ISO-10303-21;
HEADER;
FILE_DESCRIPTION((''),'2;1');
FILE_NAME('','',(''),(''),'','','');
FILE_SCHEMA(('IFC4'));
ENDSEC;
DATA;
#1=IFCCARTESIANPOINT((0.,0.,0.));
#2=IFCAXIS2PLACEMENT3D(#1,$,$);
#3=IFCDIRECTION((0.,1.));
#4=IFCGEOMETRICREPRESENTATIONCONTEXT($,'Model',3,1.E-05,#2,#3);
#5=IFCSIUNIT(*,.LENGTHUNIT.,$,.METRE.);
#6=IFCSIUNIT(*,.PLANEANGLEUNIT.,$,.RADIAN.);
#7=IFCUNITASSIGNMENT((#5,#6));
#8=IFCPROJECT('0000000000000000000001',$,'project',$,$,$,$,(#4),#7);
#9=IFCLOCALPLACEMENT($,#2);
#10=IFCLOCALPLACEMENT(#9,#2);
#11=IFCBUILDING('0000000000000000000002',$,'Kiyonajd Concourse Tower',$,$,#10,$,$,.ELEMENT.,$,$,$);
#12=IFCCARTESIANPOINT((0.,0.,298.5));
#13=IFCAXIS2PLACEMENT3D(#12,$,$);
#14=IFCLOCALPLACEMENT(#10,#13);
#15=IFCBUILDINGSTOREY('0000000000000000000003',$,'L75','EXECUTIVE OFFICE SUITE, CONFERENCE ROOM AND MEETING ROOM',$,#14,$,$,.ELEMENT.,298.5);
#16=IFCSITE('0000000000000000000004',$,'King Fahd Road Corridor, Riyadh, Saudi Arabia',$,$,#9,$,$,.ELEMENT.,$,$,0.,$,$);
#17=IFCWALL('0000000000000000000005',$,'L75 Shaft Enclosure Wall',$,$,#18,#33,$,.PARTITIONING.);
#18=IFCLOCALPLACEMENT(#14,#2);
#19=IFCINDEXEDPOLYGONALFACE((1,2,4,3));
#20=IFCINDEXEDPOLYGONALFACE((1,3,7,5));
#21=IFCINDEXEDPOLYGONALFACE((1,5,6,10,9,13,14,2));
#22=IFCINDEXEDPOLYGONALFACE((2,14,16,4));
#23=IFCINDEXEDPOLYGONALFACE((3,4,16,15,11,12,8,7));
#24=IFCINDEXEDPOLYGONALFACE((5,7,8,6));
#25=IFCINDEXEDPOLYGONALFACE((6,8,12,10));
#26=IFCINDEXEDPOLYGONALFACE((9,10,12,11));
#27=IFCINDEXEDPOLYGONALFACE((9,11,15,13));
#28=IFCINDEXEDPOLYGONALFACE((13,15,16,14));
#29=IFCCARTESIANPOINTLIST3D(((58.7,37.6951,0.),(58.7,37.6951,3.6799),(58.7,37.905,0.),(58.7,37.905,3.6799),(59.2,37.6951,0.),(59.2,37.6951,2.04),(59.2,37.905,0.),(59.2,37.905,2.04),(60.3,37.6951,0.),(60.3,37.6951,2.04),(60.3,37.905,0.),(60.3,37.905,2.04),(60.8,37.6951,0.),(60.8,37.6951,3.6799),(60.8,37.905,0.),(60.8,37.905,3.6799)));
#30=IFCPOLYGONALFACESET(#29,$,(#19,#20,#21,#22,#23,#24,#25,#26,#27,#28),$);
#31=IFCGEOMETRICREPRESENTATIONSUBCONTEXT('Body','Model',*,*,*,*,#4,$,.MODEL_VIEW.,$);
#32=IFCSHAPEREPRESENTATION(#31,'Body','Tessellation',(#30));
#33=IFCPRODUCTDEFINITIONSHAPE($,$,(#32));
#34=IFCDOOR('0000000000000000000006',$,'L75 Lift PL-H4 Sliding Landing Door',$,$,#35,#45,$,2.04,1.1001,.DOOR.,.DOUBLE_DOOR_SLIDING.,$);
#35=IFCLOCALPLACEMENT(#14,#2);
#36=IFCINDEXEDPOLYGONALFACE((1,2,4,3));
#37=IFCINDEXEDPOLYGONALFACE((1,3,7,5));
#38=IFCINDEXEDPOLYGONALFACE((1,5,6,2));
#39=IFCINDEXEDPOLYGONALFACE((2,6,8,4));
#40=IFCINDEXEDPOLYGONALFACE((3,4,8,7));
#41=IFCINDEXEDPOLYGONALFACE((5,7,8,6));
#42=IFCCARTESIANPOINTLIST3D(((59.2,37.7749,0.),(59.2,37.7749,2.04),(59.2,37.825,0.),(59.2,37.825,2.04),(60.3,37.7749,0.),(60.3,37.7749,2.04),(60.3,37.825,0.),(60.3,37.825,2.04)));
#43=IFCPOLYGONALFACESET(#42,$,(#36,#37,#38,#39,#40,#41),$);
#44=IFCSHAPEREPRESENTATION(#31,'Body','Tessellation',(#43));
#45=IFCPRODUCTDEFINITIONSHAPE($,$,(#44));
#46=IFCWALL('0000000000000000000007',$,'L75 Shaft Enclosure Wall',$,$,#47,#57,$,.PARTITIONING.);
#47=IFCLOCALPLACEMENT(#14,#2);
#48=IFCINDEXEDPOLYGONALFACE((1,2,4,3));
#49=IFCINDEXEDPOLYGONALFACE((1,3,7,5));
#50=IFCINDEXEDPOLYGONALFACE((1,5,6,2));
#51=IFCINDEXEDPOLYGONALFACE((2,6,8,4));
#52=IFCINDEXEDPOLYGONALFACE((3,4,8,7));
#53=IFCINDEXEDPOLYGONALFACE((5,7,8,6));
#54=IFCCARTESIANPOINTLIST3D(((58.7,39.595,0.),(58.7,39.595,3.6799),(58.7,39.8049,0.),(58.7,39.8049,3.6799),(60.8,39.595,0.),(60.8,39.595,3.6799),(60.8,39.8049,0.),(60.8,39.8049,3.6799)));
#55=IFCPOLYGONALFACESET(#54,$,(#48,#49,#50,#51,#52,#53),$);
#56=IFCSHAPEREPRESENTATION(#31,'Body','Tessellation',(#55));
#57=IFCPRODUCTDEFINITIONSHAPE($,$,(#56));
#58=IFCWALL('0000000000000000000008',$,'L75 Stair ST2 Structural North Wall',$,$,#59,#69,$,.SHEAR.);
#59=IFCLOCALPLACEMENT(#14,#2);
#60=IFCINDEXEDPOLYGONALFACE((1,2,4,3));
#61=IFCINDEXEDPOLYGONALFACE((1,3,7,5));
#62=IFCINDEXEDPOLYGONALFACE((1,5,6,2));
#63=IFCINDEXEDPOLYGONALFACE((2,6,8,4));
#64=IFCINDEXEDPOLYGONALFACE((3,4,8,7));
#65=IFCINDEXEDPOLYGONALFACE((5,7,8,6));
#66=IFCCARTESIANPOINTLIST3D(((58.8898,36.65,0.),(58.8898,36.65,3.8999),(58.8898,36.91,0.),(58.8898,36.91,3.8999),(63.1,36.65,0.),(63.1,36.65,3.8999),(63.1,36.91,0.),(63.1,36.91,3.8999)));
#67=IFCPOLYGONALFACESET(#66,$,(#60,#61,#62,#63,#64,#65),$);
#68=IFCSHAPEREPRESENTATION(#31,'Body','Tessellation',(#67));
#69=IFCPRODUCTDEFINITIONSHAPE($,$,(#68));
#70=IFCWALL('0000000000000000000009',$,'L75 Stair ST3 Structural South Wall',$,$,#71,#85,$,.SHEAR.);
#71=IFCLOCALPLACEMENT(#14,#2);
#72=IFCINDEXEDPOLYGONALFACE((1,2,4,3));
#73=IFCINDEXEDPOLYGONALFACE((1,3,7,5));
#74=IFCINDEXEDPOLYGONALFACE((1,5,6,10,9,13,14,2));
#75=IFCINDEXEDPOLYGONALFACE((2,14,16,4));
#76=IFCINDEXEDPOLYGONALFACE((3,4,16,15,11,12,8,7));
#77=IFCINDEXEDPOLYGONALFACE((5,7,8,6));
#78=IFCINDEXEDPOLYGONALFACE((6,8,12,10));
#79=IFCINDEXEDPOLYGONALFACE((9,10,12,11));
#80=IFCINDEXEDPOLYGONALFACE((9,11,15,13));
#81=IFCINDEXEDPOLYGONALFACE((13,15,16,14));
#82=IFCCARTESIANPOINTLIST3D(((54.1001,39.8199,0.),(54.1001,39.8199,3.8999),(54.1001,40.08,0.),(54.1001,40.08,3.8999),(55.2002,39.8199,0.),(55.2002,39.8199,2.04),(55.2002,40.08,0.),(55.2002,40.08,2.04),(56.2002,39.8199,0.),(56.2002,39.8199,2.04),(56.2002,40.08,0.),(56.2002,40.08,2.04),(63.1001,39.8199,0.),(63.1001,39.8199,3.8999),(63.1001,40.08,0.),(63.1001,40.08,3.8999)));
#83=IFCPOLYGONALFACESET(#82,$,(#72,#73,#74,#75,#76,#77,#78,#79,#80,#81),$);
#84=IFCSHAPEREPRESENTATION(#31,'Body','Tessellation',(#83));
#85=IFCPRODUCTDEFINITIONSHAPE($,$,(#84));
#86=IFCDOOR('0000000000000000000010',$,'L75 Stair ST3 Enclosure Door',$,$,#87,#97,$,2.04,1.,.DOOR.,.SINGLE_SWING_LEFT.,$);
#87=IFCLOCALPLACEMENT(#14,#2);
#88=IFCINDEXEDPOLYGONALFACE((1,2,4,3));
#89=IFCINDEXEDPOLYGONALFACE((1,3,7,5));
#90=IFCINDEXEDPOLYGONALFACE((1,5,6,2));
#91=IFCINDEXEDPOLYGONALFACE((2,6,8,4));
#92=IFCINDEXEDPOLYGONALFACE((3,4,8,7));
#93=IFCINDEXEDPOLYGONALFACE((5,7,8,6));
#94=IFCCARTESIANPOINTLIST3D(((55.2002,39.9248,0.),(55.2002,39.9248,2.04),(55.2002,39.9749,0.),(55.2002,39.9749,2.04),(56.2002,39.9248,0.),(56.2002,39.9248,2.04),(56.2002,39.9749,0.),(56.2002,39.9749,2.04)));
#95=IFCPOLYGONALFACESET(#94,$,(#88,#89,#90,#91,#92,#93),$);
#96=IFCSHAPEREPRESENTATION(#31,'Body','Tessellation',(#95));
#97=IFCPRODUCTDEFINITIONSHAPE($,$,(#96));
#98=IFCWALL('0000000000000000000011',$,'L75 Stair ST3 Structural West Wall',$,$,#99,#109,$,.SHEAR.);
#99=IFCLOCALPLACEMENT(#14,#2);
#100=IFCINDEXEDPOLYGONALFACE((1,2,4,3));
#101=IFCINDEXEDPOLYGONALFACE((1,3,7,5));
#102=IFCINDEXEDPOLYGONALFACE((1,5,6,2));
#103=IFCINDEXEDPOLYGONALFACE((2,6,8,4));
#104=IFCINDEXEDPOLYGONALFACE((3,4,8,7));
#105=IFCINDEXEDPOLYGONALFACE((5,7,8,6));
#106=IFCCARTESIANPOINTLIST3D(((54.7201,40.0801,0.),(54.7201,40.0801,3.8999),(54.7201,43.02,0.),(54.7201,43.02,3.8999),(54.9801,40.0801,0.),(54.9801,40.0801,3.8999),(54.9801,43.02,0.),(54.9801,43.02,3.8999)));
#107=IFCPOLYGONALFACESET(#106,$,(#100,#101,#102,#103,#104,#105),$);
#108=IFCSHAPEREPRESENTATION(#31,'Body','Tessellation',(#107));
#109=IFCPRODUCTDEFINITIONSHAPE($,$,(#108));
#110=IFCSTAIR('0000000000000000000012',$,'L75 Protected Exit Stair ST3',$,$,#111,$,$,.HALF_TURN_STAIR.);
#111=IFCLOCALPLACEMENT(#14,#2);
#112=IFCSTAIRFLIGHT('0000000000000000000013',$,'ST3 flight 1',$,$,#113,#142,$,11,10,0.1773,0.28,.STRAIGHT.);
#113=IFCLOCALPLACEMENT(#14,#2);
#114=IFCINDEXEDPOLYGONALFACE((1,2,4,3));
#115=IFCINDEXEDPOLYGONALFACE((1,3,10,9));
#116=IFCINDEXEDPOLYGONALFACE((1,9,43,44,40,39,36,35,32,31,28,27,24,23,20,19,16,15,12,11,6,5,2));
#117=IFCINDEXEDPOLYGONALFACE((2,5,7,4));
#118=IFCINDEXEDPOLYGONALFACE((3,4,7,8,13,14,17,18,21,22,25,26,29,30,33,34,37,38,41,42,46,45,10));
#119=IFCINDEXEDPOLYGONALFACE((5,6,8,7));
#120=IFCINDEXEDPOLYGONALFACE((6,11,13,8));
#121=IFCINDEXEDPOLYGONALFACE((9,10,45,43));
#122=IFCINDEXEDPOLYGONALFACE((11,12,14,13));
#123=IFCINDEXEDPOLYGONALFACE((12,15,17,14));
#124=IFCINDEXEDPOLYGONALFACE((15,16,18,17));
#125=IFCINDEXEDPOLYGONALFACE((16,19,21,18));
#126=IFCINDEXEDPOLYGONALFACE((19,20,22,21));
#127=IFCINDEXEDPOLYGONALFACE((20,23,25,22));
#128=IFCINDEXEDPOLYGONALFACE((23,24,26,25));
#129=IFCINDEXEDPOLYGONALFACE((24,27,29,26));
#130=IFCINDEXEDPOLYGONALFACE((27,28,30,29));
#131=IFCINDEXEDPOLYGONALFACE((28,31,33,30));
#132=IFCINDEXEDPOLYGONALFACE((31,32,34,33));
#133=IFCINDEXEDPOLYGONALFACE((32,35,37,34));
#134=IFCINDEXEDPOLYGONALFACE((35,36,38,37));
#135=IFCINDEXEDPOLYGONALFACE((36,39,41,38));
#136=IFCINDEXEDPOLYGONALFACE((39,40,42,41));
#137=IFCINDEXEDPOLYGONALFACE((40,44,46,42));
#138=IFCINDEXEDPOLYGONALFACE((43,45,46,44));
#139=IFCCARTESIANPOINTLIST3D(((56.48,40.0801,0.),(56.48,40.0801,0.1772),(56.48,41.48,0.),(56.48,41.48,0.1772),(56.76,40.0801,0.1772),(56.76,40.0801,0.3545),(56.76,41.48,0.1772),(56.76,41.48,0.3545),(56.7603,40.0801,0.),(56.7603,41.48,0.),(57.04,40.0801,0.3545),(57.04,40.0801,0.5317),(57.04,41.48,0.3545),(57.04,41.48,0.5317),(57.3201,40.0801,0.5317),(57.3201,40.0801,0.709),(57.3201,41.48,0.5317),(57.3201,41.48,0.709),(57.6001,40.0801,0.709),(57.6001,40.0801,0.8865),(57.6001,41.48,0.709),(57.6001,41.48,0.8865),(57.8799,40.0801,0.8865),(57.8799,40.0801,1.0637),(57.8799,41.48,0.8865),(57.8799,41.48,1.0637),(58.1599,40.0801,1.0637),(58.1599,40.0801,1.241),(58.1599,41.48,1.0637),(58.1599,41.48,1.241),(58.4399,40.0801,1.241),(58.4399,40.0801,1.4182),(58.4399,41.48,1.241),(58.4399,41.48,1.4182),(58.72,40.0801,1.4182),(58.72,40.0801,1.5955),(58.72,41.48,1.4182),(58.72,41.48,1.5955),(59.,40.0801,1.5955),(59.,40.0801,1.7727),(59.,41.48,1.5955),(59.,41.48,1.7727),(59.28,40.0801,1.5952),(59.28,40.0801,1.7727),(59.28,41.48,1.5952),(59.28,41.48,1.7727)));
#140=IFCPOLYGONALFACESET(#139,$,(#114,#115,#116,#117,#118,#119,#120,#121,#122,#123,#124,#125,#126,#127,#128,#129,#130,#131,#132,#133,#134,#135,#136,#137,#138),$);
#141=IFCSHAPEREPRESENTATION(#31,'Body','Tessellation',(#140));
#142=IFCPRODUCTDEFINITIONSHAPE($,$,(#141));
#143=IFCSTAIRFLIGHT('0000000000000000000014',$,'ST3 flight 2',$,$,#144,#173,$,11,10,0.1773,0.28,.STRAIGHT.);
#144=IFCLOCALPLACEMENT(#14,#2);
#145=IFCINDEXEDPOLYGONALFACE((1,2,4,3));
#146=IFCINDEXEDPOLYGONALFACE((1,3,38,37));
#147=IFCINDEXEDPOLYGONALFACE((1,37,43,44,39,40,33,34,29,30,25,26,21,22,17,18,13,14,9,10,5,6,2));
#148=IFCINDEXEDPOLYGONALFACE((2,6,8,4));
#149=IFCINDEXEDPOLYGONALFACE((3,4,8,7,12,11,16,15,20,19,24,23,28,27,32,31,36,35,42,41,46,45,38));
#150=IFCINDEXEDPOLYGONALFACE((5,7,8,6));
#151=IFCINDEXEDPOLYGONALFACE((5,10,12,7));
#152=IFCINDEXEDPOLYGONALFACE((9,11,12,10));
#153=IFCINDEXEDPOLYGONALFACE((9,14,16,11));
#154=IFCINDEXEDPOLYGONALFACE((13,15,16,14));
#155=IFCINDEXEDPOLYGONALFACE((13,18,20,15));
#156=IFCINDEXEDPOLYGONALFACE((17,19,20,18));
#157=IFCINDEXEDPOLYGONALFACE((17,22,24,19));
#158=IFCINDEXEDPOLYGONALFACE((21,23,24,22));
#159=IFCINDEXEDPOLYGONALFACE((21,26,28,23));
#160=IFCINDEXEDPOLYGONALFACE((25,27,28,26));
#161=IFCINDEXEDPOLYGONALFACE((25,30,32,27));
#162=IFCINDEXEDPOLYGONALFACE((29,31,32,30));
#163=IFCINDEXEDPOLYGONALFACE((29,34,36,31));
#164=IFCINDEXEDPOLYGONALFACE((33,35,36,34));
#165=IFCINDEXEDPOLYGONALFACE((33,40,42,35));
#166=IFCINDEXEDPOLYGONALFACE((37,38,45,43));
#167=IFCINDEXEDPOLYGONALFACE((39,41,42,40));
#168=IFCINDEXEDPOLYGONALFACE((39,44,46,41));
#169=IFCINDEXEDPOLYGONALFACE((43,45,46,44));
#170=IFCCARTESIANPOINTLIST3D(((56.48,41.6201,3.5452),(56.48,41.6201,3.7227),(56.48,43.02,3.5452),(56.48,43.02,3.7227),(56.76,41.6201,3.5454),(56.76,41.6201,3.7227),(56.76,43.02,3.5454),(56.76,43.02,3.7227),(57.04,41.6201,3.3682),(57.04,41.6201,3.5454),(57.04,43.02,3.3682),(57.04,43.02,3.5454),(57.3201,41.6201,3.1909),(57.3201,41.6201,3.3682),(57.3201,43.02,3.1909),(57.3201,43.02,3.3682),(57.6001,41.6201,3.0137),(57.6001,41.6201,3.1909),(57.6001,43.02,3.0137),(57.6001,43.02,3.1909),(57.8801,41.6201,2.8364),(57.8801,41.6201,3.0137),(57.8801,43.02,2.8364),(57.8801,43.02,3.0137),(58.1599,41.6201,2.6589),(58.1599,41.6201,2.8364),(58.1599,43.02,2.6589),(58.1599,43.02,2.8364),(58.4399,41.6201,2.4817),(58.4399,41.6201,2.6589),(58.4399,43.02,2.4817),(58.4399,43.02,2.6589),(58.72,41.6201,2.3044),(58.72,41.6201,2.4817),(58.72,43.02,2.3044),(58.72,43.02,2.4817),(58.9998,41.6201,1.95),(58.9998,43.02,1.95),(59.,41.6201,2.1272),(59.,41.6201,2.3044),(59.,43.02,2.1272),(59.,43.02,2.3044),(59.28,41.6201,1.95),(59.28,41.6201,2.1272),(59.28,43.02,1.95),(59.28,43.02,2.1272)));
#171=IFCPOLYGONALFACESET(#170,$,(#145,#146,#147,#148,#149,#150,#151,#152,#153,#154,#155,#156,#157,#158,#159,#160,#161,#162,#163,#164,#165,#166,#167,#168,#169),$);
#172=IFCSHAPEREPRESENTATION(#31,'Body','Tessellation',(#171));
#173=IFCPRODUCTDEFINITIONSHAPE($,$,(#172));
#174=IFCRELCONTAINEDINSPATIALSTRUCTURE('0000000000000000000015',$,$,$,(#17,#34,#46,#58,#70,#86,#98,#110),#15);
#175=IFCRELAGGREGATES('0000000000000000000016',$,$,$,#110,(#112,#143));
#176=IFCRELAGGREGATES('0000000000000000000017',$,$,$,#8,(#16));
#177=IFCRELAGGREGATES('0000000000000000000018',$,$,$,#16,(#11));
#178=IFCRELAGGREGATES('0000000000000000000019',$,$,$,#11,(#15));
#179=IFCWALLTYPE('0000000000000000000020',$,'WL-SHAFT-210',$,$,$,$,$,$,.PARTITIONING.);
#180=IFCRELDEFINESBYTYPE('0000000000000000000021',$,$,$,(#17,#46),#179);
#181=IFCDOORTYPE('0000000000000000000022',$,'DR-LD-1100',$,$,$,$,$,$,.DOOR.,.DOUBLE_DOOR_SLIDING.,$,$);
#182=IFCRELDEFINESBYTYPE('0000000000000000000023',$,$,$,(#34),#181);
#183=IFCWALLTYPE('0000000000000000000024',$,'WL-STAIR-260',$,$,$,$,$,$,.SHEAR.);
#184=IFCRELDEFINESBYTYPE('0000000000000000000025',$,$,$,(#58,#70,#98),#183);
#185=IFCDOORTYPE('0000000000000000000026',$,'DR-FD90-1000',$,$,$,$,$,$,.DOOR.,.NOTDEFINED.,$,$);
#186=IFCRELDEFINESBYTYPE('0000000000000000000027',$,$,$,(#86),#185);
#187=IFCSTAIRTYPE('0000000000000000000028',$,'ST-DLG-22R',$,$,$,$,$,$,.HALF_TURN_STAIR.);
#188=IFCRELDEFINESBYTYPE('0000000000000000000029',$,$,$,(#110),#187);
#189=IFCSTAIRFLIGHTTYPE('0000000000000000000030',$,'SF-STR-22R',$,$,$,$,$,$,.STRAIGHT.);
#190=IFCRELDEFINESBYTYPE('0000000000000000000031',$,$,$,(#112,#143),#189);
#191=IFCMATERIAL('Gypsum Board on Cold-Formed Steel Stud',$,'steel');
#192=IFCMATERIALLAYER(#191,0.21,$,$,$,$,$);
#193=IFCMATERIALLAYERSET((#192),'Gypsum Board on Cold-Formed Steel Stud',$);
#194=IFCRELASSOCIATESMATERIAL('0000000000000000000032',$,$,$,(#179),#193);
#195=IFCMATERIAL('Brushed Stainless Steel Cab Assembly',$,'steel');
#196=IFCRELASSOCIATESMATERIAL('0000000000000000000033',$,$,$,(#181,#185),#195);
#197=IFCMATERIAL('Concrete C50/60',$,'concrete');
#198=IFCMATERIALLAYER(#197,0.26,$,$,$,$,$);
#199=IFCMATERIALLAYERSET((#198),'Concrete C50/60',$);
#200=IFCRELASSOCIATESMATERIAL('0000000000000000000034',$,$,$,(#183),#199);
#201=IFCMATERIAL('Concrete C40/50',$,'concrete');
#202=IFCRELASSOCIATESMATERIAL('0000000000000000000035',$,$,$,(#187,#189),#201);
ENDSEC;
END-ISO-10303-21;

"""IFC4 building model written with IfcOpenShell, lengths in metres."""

from ifc_helpers import new_model, si_unit, direction, frame, frame_2d, origin, place, context, subcontext, project, spatial, polyline, rectangle, outline, extrude, material, layer, layer_set, type_object, element, fill, aggregate, save


model = new_model("IFC4")

# Units and contexts
model_context = context("Model", 3, precision=1e-05, world=origin(), true_north=direction((0.0, 1.0)))
body_context = subcontext(model_context, "Body", "Model", "MODEL_VIEW")
ifc_project = project(units=[si_unit("LENGTHUNIT", "METRE"), si_unit("PLANEANGLEUNIT", "RADIAN")], contexts=[model_context])

# Site, building, storey
site_placement = place(None, origin())
site = spatial("IfcSite", under=ifc_project, at=site_placement, Name="King Fahd Road Corridor, Riyadh, Saudi Arabia", CompositionType="ELEMENT", RefElevation=0.0)
building_placement = place(site_placement, origin())
building = spatial("IfcBuilding", under=site, at=building_placement, Name="Kiyonajd Concourse Tower", CompositionType="ELEMENT")
storey_placement = place(building_placement, frame((0.0, 0.0, 298.5)))
storey = spatial("IfcBuildingStorey", under=building, at=storey_placement, Name="L75", Description="EXECUTIVE OFFICE SUITE, CONFERENCE ROOM AND MEETING ROOM", CompositionType="ELEMENT", Elevation=298.5)

# Shared definitions
ifc_material_1 = material(Name="Concrete C50/60", Category="concrete")

# Shared definitions
ifc_material_2 = material(Name="Gypsum Board on Cold-Formed Steel Stud", Category="steel")
ifc_layer_1 = layer(ifc_material_2, 0.21)
ifc_layer_set_1 = layer_set([ifc_layer_1], Name="Gypsum Board on Cold-Formed Steel Stud")
wall_type_1 = type_object("IfcWallType", Name="WL-SHAFT-210", PredefinedType="PARTITIONING", material=ifc_layer_set_1)
ifc_material_3 = material(Name="Brushed Stainless Steel Cab Assembly", Category="steel")
door_type_1 = type_object("IfcDoorType", Name="DR-LD-1100", OperationType="DOUBLE_DOOR_SLIDING", PredefinedType="DOOR", material=ifc_material_3)

# Wall, opening, door
wall_1_placement = place(storey_placement, frame((58.7, 37.8, 0.0), z_axis=(0.0, 0.0, 1.0), x_axis=(1.0, 0.0, 0.0)))
wall_1 = element("IfcWall", 1, at=wall_1_placement, inside=storey, type_object=wall_type_1, Name="L75 Shaft Enclosure Wall", PredefinedType="PARTITIONING", context=body_context, shape_type="SweptSolid", body=[
    extrude(rectangle(XDim=2.1001, YDim=0.21, at=frame_2d((1.05, 0.0))), origin(), (0.0, 0.0, 1.0), 3.6799),
])
opening_1_placement = place(wall_1_placement, frame((0.5, 0.0, 0.0)))
opening_1 = element("IfcOpeningElement", 2, at=opening_1_placement, cuts=wall_1, PredefinedType="OPENING", context=body_context, shape_type="SweptSolid", body=[
    extrude(rectangle(XDim=1.1001, YDim=2.04, at=frame_2d((0.55, 1.02))), frame((0.0, 0.115, 0.0), z_axis=(0.0, -1.0, 0.0), x_axis=(1.0, 0.0, 0.0)), (0.0, 0.0, 1.0), 0.23),
])
door_1_placement = place(opening_1_placement, origin())
door_1 = element("IfcDoor", 3, at=door_1_placement, inside=storey, type_object=door_type_1, Name="L75 Lift PL-H4 Sliding Landing Door", OperationType="DOUBLE_DOOR_SLIDING", OverallHeight=2.04, OverallWidth=1.1001, PredefinedType="DOOR", context=body_context, shape_type="SweptSolid", body=[
    extrude(rectangle(XDim=1.1001, YDim=2.04, at=frame_2d((0.55, 1.02))), frame((0.0, 0.0249, 0.0), z_axis=(0.0, -1.0, 0.0), x_axis=(1.0, 0.0, 0.0)), (0.0, 0.0, 1.0), 0.05),
])
fill(opening_1, door_1)

# Walls
wall_2_placement = place(storey_placement, frame((58.7, 39.7, 0.0), z_axis=(0.0, 0.0, 1.0), x_axis=(1.0, 0.0, 0.0)))
element("IfcWall", 4, at=wall_2_placement, inside=storey, type_object=wall_type_1, Name="L75 Shaft Enclosure Wall", PredefinedType="PARTITIONING", context=body_context, shape_type="SweptSolid", body=[
    extrude(rectangle(XDim=2.1001, YDim=0.21, at=frame_2d((1.05, 0.0))), origin(), (0.0, 0.0, 1.0), 3.6799),
])
ifc_layer_2 = layer(ifc_material_1, 0.26)
ifc_layer_set_2 = layer_set([ifc_layer_2], Name="Concrete C50/60")
wall_type_2 = type_object("IfcWallType", Name="WL-STAIR-260", PredefinedType="SHEAR", material=ifc_layer_set_2)
wall_3_placement = place(storey_placement, frame((58.8899, 36.78, 0.0), z_axis=(0.0, 0.0, 1.0), x_axis=(1.0, 0.0, 0.0)))
element("IfcWall", 5, at=wall_3_placement, inside=storey, type_object=wall_type_2, Name="L75 Stair ST2 Structural North Wall", PredefinedType="SHEAR", context=body_context, shape_type="SweptSolid", body=[
    extrude(rectangle(XDim=4.2102, YDim=0.26, at=frame_2d((2.105, 0.0))), origin(), (0.0, 0.0, 1.0), 3.8999),
])

# Wall, opening, door
wall_4_placement = place(storey_placement, frame((54.1001, 39.95, 0.0), z_axis=(0.0, 0.0, 1.0), x_axis=(1.0, 0.0, 0.0)))
wall_4 = element("IfcWall", 6, at=wall_4_placement, inside=storey, type_object=wall_type_2, Name="L75 Stair ST3 Structural South Wall", PredefinedType="SHEAR", context=body_context, shape_type="SweptSolid", body=[
    extrude(rectangle(XDim=9.0, YDim=0.26, at=frame_2d((4.5, 0.0))), origin(), (0.0, 0.0, 1.0), 3.8999),
])
opening_2_placement = place(wall_4_placement, frame((1.1001, 0.0, 0.0)))
opening_2 = element("IfcOpeningElement", 7, at=opening_2_placement, cuts=wall_4, PredefinedType="OPENING", context=body_context, shape_type="SweptSolid", body=[
    extrude(rectangle(XDim=1.0, YDim=2.04, at=frame_2d((0.5, 1.02))), frame((0.0, 0.1399, 0.0), z_axis=(0.0, -1.0, 0.0), x_axis=(1.0, 0.0, 0.0)), (0.0, 0.0, 1.0), 0.28),
])
door_type_2 = type_object("IfcDoorType", Name="DR-FD90-1000", OperationType="NOTDEFINED", PredefinedType="DOOR", material=ifc_material_3)
door_2_placement = place(opening_2_placement, origin())
door_2 = element("IfcDoor", 8, at=door_2_placement, inside=storey, type_object=door_type_2, Name="L75 Stair ST3 Enclosure Door", OperationType="SINGLE_SWING_LEFT", OverallHeight=2.04, OverallWidth=1.0, PredefinedType="DOOR", context=body_context, shape_type="SweptSolid", body=[
    extrude(rectangle(XDim=1.0, YDim=2.04, at=frame_2d((0.5, 1.02))), frame((0.0, 0.0249, 0.0), z_axis=(0.0, -1.0, 0.0), x_axis=(1.0, 0.0, 0.0)), (0.0, 0.0, 1.0), 0.05),
])
fill(opening_2, door_2)

# Wall
wall_5_placement = place(storey_placement, frame((54.8501, 40.0801, 0.0), z_axis=(0.0, 0.0, 1.0), x_axis=(0.0, 1.0, 0.0)))
element("IfcWall", 9, at=wall_5_placement, inside=storey, type_object=wall_type_2, Name="L75 Stair ST3 Structural West Wall", PredefinedType="SHEAR", context=body_context, shape_type="SweptSolid", body=[
    extrude(rectangle(XDim=2.9399, YDim=0.26, at=frame_2d((1.47, 0.0))), origin(), (0.0, 0.0, 1.0), 3.8999),
])

# Stair, stair flights
ifc_material_4 = material(Name="Concrete C40/50", Category="concrete")
stair_type = type_object("IfcStairType", Name="ST-DLG-22R", PredefinedType="HALF_TURN_STAIR", material=ifc_material_4)
stair_placement = place(storey_placement, origin())
stair = element("IfcStair", 10, at=stair_placement, inside=storey, type_object=stair_type, Name="L75 Protected Exit Stair ST3", PredefinedType="HALF_TURN_STAIR")
stair_flight_type = type_object("IfcStairFlightType", Name="SF-STR-22R", PredefinedType="STRAIGHT", material=ifc_material_4)
stair_flight_1_placement = place(storey_placement, frame((56.48, 40.78, 0.0), z_axis=(0.0, 0.0, 1.0), x_axis=(1.0, 0.0, 0.0)))
stair_flight_1 = element("IfcStairFlight", 11, at=stair_flight_1_placement, type_object=stair_flight_type, Name="ST3 flight 1", NumberOfRisers=11, NumberOfTreads=10, PredefinedType="STRAIGHT", RiserHeight=0.1773, TreadLength=0.28, context=body_context, shape_type="SweptSolid", body=[
    extrude(outline(polyline([(0.0, 0.0), (0.0, 0.1772), (0.28, 0.1772), (0.28, 0.3545), (0.5601, 0.3545), (0.5601, 0.5317), (0.8401, 0.5317), (0.8401, 0.709), (1.1201, 0.709), (1.1201, 0.8865), (1.3999, 0.8865), (1.3999, 1.0637), (1.6799, 1.0637), (1.6799, 1.241), (1.96, 1.241), (1.96, 1.4182), (2.24, 1.4182), (2.24, 1.5955), (2.52, 1.5955), (2.52, 1.7727), (2.8, 1.7727), (2.8, 1.95), (2.8, 1.5952), (0.2803, 0.0), (0.0, 0.0)])), frame((0.0, 0.7, 0.0), z_axis=(0.0, -1.0, 0.0), x_axis=(1.0, 0.0, 0.0)), (0.0, 0.0, 1.0), 1.3999),
])
stair_flight_2_placement = place(storey_placement, frame((59.28, 42.3201, 1.95), z_axis=(0.0, 0.0, 1.0), x_axis=(-1.0, 0.0, 0.0)))
stair_flight_2 = element("IfcStairFlight", 12, at=stair_flight_2_placement, type_object=stair_flight_type, Name="ST3 flight 2", NumberOfRisers=11, NumberOfTreads=10, PredefinedType="STRAIGHT", RiserHeight=0.1773, TreadLength=0.28, context=body_context, shape_type="SweptSolid", body=[
    extrude(outline(polyline([(0.0, 0.0), (0.0, 0.1772), (0.28, 0.1772), (0.28, 0.3545), (0.5601, 0.3545), (0.5601, 0.5317), (0.8401, 0.5317), (0.8401, 0.709), (1.1201, 0.709), (1.1201, 0.8865), (1.3999, 0.8865), (1.3999, 1.0637), (1.6799, 1.0637), (1.6799, 1.241), (1.96, 1.241), (1.96, 1.4182), (2.24, 1.4182), (2.24, 1.5955), (2.52, 1.5955), (2.52, 1.7727), (2.8, 1.7727), (2.8, 1.95), (2.8, 1.5952), (0.2803, 0.0), (0.0, 0.0)])), frame((0.0, 0.7, 0.0), z_axis=(0.0, -1.0, 0.0), x_axis=(1.0, 0.0, 0.0)), (0.0, 0.0, 1.0), 1.3999),
])
aggregate(stair, [stair_flight_1, stair_flight_2])

save(model, "model.ifc")
